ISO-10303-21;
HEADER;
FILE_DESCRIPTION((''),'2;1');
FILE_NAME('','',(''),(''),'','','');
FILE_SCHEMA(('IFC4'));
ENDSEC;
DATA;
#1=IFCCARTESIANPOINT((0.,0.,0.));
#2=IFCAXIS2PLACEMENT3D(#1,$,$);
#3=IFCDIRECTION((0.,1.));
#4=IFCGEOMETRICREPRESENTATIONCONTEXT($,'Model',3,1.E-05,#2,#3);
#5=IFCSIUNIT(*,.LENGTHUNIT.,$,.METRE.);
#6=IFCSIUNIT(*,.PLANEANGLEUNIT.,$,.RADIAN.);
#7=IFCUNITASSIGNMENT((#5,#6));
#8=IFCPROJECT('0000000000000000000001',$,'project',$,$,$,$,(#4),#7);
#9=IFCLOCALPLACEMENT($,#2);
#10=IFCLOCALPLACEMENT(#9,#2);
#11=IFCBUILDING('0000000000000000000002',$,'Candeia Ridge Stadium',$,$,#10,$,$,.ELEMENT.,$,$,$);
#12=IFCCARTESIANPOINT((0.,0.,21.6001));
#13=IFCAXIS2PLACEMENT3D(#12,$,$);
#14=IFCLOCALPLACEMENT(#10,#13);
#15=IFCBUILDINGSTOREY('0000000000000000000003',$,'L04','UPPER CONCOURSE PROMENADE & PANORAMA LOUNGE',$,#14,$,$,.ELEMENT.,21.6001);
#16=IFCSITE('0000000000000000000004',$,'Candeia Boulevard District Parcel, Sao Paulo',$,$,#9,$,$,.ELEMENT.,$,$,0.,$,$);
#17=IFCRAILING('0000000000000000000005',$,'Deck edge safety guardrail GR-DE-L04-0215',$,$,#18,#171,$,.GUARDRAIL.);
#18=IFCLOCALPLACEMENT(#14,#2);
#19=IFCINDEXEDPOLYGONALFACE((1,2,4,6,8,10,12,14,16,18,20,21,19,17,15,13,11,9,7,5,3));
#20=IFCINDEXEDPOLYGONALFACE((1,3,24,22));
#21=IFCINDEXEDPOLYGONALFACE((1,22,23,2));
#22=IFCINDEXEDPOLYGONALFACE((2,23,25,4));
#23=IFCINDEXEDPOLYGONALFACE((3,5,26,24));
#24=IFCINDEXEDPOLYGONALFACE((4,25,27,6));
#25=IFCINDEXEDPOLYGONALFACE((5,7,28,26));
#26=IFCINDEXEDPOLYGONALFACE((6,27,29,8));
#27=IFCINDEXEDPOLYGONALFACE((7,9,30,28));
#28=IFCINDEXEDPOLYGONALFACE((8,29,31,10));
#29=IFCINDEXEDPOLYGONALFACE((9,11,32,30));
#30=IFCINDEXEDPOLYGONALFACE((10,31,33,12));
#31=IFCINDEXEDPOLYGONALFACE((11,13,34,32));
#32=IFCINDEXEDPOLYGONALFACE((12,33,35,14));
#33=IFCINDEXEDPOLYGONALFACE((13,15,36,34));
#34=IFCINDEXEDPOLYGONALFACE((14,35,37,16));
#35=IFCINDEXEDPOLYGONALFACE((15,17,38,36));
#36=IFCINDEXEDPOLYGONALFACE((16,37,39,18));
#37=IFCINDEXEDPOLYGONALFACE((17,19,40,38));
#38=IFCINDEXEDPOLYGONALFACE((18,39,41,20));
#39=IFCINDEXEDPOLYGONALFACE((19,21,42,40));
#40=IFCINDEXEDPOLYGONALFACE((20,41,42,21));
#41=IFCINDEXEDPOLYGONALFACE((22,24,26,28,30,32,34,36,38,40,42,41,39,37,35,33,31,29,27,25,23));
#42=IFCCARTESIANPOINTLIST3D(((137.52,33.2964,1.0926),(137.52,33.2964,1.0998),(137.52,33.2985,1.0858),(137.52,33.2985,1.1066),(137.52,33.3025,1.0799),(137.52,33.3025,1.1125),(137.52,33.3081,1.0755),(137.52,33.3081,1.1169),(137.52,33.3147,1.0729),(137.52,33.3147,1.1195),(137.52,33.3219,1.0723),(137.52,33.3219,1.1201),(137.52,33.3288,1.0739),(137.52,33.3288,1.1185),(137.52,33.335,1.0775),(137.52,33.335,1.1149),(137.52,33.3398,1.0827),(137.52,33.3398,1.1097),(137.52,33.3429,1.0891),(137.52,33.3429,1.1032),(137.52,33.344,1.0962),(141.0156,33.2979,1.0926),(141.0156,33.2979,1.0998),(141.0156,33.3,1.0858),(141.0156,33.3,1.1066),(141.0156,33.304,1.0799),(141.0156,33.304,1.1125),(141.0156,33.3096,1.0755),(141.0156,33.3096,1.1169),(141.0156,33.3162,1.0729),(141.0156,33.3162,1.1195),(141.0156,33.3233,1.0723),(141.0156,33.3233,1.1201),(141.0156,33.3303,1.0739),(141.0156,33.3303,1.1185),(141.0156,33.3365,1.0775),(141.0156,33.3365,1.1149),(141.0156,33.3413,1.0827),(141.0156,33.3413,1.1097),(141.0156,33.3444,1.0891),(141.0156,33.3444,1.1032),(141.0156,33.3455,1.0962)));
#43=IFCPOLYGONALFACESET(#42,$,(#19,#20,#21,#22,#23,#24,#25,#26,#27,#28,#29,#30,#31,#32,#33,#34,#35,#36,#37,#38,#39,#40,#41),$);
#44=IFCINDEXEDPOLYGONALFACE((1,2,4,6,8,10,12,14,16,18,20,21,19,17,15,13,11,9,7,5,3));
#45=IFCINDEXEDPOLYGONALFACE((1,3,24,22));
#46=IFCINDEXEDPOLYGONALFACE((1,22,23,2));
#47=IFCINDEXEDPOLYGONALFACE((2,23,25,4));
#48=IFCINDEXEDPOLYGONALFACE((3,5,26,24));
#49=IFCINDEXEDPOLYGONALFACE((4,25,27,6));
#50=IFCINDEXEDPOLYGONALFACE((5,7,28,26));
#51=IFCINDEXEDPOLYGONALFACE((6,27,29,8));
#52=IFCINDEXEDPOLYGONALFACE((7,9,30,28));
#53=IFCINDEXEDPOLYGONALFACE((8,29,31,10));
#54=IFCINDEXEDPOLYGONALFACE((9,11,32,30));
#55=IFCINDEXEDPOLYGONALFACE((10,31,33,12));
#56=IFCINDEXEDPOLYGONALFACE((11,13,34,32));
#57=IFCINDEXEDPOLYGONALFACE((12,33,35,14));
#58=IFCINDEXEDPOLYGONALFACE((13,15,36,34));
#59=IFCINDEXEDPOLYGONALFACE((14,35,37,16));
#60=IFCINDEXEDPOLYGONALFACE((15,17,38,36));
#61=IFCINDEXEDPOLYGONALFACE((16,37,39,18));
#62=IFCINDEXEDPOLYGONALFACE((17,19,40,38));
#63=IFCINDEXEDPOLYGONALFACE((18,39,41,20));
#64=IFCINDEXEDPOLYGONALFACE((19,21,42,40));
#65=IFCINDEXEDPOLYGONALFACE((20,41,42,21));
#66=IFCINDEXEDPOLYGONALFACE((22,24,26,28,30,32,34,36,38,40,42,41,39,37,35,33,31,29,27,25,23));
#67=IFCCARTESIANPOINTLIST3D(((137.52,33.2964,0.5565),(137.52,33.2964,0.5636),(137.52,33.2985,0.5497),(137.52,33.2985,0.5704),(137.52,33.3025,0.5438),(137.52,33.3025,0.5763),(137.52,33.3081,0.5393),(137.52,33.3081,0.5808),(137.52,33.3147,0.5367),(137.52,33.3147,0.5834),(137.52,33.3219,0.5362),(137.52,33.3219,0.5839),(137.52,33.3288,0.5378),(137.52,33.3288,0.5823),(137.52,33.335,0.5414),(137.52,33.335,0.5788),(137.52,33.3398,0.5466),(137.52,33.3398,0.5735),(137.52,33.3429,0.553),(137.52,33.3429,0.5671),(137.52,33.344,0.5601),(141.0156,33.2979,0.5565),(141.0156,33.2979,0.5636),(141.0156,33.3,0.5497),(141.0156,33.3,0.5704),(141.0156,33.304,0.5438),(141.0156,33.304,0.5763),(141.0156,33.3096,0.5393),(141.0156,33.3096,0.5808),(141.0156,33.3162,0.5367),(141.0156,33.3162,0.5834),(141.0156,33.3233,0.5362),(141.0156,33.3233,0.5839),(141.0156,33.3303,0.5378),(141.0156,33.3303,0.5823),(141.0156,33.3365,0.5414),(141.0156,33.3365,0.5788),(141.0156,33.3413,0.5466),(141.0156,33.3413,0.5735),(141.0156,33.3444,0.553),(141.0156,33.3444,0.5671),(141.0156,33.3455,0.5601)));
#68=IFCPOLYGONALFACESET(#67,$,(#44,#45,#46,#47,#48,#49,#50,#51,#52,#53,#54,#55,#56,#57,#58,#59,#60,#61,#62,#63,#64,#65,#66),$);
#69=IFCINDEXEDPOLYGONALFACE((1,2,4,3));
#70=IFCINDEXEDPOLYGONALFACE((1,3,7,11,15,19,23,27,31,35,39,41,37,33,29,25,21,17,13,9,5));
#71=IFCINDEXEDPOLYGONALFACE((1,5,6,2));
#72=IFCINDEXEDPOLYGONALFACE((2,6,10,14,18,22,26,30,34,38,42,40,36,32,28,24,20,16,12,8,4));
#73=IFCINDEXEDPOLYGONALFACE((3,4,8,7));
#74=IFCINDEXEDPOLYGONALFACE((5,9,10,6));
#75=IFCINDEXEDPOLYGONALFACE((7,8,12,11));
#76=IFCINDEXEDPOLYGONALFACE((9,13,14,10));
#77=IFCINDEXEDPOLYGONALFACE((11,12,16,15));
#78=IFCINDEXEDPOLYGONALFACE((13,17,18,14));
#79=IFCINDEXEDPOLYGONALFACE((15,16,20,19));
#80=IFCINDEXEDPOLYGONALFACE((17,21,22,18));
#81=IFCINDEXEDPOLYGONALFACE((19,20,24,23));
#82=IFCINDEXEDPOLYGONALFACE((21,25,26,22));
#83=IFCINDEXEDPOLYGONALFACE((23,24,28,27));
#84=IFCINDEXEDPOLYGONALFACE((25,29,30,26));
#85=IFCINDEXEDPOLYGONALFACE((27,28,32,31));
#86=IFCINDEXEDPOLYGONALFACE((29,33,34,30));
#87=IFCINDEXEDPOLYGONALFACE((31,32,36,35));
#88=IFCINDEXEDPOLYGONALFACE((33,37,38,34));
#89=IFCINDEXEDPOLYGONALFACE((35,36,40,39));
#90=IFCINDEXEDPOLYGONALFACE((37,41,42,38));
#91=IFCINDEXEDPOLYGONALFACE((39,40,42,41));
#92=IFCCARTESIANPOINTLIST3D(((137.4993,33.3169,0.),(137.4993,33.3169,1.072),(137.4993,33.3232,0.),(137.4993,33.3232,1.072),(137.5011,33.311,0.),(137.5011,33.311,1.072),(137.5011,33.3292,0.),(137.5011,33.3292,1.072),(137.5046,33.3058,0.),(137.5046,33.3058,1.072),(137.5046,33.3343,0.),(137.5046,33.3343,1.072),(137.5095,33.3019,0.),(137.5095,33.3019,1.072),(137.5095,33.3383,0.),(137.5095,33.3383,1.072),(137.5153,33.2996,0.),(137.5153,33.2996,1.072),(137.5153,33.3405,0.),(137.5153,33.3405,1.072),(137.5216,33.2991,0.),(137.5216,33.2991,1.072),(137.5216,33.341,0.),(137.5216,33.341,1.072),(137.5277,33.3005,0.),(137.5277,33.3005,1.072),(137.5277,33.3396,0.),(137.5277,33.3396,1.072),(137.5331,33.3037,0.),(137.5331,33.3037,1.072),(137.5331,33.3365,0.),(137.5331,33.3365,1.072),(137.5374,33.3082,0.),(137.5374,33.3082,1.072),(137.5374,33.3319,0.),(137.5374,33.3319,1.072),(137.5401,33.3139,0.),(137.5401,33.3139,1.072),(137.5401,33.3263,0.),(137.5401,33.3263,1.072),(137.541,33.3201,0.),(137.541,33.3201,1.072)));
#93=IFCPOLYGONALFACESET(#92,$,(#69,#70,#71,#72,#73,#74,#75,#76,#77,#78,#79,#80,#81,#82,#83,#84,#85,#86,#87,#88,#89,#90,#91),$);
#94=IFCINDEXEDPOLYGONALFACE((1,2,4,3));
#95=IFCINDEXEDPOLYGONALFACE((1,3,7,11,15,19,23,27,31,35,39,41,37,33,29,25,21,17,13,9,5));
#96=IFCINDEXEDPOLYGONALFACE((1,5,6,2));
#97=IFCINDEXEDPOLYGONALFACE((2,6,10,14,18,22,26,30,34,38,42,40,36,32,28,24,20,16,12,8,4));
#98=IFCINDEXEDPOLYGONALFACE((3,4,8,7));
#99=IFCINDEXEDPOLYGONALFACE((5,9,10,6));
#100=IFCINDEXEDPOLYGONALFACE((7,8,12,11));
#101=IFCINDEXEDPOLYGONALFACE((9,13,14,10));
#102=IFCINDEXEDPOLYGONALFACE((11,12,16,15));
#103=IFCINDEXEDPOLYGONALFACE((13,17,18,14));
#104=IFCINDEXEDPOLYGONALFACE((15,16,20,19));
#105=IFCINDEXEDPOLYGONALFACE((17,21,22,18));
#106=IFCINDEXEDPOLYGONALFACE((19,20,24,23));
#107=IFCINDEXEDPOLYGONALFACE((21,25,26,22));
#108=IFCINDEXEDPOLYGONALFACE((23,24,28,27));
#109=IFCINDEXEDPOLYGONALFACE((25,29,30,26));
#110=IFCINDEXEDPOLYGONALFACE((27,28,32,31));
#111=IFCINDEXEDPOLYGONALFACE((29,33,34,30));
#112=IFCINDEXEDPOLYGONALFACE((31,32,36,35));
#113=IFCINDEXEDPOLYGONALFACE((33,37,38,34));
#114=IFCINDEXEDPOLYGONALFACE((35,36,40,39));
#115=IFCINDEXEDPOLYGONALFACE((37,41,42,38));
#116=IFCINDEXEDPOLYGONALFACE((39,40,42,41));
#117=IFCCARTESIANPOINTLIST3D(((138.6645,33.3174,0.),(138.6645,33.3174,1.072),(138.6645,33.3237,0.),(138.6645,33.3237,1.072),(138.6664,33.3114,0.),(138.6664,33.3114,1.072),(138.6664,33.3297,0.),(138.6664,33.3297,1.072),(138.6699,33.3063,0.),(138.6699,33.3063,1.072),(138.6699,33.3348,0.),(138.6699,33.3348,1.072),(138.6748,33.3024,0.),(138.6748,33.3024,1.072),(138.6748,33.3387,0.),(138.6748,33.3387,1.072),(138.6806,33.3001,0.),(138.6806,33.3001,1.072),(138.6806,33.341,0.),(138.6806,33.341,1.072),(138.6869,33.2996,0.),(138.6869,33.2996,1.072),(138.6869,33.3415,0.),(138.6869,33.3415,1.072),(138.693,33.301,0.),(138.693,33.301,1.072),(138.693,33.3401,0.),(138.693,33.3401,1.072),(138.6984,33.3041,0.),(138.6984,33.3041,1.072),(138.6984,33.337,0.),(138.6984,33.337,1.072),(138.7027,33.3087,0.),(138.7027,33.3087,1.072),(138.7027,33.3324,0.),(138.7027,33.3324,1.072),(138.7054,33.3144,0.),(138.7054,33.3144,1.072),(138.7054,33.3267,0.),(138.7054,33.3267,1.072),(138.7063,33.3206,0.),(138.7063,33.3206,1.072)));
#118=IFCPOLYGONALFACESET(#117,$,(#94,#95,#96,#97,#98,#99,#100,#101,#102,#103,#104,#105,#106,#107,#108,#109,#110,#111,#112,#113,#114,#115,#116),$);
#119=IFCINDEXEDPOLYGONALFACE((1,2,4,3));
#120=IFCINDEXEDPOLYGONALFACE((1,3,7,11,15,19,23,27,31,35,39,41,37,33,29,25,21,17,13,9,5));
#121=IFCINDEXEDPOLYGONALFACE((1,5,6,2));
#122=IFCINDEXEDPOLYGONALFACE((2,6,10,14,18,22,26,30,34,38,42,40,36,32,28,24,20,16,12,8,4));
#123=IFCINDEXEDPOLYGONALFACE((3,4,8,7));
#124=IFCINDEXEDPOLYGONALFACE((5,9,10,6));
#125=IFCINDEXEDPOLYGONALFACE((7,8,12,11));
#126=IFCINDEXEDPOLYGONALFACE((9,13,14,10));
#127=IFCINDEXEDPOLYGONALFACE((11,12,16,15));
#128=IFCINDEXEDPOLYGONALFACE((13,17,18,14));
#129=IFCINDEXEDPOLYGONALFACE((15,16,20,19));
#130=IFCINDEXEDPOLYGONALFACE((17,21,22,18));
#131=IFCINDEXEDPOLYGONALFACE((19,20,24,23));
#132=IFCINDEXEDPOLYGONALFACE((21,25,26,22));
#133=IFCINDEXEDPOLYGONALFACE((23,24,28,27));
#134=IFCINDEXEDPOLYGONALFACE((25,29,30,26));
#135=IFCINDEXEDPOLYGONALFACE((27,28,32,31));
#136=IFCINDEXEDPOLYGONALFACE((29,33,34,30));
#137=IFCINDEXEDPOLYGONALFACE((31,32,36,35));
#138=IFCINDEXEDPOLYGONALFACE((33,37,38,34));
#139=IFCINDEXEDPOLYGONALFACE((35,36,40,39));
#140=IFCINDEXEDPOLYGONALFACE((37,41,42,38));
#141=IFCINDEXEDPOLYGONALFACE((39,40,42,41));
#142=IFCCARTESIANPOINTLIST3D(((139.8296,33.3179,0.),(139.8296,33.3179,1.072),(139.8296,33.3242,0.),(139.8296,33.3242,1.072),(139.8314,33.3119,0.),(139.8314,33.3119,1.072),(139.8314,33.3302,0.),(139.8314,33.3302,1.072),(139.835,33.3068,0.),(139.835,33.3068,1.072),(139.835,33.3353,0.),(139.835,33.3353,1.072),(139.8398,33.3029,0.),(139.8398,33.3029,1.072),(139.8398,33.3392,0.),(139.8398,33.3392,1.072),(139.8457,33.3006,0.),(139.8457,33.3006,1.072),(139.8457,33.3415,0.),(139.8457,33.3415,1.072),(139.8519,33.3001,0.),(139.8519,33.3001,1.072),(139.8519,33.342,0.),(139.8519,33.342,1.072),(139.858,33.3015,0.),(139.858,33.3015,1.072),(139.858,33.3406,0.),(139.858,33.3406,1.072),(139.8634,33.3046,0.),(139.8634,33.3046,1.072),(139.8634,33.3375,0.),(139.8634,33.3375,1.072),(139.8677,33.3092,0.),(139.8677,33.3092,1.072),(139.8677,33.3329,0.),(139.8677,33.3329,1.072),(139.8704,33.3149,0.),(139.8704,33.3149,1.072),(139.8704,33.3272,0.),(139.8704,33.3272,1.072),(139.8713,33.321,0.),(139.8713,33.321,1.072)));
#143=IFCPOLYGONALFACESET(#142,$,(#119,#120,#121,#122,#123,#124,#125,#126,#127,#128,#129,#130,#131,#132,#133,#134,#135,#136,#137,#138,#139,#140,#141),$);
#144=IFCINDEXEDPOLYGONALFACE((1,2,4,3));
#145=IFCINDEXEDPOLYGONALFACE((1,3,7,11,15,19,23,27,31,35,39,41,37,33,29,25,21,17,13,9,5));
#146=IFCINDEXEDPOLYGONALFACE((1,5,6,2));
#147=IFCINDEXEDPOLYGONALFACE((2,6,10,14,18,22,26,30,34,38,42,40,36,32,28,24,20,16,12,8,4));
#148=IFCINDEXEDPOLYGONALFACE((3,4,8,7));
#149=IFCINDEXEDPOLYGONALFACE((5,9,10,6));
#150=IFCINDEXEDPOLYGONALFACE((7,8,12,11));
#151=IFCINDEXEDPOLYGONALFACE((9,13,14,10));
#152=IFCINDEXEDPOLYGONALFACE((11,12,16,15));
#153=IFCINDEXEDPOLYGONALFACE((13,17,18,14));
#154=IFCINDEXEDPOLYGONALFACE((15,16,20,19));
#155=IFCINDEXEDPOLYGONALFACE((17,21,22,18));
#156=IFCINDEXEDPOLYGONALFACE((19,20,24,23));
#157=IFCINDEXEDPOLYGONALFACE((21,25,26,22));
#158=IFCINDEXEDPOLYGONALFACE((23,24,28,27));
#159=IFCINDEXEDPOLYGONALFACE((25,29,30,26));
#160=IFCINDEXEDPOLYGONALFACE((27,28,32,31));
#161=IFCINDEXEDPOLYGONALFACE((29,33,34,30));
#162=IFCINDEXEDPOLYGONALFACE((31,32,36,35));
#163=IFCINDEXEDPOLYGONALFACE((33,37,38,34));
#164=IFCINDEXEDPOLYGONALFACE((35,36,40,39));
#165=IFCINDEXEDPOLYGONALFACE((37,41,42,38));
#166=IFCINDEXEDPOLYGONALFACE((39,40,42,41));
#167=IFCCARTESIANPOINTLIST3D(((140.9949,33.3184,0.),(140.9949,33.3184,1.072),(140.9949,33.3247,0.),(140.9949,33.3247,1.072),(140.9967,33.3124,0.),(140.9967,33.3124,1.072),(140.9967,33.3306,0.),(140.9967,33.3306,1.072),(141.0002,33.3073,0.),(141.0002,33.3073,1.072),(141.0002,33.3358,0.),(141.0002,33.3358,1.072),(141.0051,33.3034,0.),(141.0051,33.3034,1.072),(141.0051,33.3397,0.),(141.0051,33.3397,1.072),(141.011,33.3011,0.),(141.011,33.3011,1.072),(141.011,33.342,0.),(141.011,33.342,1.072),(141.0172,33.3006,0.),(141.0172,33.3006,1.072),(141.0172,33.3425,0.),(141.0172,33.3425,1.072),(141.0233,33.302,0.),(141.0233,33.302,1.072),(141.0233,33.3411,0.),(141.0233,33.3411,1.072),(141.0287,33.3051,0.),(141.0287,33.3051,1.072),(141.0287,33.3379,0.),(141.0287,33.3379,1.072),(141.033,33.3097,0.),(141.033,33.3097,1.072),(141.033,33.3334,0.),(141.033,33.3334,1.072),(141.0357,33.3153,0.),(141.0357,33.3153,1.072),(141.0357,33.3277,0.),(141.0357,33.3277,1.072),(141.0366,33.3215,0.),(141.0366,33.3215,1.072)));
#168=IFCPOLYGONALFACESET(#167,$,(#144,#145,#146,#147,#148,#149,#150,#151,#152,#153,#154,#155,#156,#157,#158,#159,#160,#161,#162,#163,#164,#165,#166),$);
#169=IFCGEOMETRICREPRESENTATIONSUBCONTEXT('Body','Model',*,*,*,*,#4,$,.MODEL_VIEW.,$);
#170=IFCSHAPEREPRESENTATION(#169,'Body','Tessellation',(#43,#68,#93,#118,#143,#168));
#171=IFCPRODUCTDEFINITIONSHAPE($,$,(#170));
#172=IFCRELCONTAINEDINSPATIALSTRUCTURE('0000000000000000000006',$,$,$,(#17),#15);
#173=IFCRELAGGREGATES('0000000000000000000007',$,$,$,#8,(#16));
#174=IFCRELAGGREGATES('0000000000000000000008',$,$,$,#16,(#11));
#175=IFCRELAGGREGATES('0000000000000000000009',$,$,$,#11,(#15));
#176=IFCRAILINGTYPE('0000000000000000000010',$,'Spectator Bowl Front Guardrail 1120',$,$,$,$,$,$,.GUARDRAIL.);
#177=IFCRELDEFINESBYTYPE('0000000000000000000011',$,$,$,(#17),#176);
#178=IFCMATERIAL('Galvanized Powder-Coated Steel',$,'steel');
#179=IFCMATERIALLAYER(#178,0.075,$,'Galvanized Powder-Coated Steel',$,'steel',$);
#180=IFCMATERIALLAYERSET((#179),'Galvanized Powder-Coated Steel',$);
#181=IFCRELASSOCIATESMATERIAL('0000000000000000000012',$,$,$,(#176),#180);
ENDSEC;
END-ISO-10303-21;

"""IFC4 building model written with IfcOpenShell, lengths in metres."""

from ifc_helpers import new_model, si_unit, direction, frame, origin, origin_2d, place, context, subcontext, project, spatial, circle, extrude, material, layer, layer_set, type_object, element, save


model = new_model("IFC4")

# Units and contexts
model_context = context("Model", 3, precision=1e-05, world=origin(), true_north=direction((0.0, 1.0)))
body_context = subcontext(model_context, "Body", "Model", "MODEL_VIEW")
ifc_project = project(units=[si_unit("LENGTHUNIT", "METRE"), si_unit("PLANEANGLEUNIT", "RADIAN")], contexts=[model_context])

# Site, building, storey
site_placement = place(None, origin())
site = spatial("IfcSite", under=ifc_project, at=site_placement, Name="Candeia Boulevard District Parcel, Sao Paulo", CompositionType="ELEMENT", RefElevation=0.0)
building_placement = place(site_placement, origin())
building = spatial("IfcBuilding", under=site, at=building_placement, Name="Candeia Ridge Stadium", CompositionType="ELEMENT")
storey_placement = place(building_placement, frame((0.0, 0.0, 21.6001)))
storey = spatial("IfcBuildingStorey", under=building, at=storey_placement, Name="L04", Description="UPPER CONCOURSE PROMENADE & PANORAMA LOUNGE", CompositionType="ELEMENT", Elevation=21.6001)

# Railing
ifc_material_1 = material(Name="Galvanized Powder-Coated Steel", Category="steel")
ifc_layer_1 = layer(ifc_material_1, 0.075, Name="Galvanized Powder-Coated Steel", Category="steel")
ifc_layer_set_1 = layer_set([ifc_layer_1], Name="Galvanized Powder-Coated Steel")
railing_type_1 = type_object("IfcRailingType", Name="Spectator Bowl Front Guardrail 1120", PredefinedType="GUARDRAIL", material=ifc_layer_set_1)
railing_1_placement = place(storey_placement, frame((137.52, 33.3201, 0.0)))
element("IfcRailing", 1, at=railing_1_placement, inside=storey, type_object=railing_type_1, Name="Deck edge safety guardrail GR-DE-L04-0215", PredefinedType="GUARDRAIL", context=body_context, shape_type="SweptSolid", body=[
    extrude(circle(Radius=0.0239, at=origin_2d()), frame((0.0, 0.0, 1.0962), z_axis=(1.0, 0.000419, 0.0), x_axis=(-0.000419, 1.0, 0.0)), (0.0, 0.0, 1.0), 3.4956),
    extrude(circle(Radius=0.0239, at=origin_2d()), frame((0.0, 0.0, 0.5601), z_axis=(1.0, 0.000419, 0.0), x_axis=(-0.000419, 1.0, 0.0)), (0.0, 0.0, 1.0), 3.4956),
    extrude(circle(Radius=0.021, at=origin_2d()), origin(), (0.0, 0.0, 1.0), 1.072),
    extrude(circle(Radius=0.021, at=origin_2d()), frame((1.1653, 0.0005, 0.0)), (0.0, 0.0, 1.0), 1.072),
    extrude(circle(Radius=0.021, at=origin_2d()), frame((2.3303, 0.001, 0.0)), (0.0, 0.0, 1.0), 1.072),
    extrude(circle(Radius=0.021, at=origin_2d()), frame((3.4956, 0.0015, 0.0)), (0.0, 0.0, 1.0), 1.072),
])

save(model, "model.ifc")
